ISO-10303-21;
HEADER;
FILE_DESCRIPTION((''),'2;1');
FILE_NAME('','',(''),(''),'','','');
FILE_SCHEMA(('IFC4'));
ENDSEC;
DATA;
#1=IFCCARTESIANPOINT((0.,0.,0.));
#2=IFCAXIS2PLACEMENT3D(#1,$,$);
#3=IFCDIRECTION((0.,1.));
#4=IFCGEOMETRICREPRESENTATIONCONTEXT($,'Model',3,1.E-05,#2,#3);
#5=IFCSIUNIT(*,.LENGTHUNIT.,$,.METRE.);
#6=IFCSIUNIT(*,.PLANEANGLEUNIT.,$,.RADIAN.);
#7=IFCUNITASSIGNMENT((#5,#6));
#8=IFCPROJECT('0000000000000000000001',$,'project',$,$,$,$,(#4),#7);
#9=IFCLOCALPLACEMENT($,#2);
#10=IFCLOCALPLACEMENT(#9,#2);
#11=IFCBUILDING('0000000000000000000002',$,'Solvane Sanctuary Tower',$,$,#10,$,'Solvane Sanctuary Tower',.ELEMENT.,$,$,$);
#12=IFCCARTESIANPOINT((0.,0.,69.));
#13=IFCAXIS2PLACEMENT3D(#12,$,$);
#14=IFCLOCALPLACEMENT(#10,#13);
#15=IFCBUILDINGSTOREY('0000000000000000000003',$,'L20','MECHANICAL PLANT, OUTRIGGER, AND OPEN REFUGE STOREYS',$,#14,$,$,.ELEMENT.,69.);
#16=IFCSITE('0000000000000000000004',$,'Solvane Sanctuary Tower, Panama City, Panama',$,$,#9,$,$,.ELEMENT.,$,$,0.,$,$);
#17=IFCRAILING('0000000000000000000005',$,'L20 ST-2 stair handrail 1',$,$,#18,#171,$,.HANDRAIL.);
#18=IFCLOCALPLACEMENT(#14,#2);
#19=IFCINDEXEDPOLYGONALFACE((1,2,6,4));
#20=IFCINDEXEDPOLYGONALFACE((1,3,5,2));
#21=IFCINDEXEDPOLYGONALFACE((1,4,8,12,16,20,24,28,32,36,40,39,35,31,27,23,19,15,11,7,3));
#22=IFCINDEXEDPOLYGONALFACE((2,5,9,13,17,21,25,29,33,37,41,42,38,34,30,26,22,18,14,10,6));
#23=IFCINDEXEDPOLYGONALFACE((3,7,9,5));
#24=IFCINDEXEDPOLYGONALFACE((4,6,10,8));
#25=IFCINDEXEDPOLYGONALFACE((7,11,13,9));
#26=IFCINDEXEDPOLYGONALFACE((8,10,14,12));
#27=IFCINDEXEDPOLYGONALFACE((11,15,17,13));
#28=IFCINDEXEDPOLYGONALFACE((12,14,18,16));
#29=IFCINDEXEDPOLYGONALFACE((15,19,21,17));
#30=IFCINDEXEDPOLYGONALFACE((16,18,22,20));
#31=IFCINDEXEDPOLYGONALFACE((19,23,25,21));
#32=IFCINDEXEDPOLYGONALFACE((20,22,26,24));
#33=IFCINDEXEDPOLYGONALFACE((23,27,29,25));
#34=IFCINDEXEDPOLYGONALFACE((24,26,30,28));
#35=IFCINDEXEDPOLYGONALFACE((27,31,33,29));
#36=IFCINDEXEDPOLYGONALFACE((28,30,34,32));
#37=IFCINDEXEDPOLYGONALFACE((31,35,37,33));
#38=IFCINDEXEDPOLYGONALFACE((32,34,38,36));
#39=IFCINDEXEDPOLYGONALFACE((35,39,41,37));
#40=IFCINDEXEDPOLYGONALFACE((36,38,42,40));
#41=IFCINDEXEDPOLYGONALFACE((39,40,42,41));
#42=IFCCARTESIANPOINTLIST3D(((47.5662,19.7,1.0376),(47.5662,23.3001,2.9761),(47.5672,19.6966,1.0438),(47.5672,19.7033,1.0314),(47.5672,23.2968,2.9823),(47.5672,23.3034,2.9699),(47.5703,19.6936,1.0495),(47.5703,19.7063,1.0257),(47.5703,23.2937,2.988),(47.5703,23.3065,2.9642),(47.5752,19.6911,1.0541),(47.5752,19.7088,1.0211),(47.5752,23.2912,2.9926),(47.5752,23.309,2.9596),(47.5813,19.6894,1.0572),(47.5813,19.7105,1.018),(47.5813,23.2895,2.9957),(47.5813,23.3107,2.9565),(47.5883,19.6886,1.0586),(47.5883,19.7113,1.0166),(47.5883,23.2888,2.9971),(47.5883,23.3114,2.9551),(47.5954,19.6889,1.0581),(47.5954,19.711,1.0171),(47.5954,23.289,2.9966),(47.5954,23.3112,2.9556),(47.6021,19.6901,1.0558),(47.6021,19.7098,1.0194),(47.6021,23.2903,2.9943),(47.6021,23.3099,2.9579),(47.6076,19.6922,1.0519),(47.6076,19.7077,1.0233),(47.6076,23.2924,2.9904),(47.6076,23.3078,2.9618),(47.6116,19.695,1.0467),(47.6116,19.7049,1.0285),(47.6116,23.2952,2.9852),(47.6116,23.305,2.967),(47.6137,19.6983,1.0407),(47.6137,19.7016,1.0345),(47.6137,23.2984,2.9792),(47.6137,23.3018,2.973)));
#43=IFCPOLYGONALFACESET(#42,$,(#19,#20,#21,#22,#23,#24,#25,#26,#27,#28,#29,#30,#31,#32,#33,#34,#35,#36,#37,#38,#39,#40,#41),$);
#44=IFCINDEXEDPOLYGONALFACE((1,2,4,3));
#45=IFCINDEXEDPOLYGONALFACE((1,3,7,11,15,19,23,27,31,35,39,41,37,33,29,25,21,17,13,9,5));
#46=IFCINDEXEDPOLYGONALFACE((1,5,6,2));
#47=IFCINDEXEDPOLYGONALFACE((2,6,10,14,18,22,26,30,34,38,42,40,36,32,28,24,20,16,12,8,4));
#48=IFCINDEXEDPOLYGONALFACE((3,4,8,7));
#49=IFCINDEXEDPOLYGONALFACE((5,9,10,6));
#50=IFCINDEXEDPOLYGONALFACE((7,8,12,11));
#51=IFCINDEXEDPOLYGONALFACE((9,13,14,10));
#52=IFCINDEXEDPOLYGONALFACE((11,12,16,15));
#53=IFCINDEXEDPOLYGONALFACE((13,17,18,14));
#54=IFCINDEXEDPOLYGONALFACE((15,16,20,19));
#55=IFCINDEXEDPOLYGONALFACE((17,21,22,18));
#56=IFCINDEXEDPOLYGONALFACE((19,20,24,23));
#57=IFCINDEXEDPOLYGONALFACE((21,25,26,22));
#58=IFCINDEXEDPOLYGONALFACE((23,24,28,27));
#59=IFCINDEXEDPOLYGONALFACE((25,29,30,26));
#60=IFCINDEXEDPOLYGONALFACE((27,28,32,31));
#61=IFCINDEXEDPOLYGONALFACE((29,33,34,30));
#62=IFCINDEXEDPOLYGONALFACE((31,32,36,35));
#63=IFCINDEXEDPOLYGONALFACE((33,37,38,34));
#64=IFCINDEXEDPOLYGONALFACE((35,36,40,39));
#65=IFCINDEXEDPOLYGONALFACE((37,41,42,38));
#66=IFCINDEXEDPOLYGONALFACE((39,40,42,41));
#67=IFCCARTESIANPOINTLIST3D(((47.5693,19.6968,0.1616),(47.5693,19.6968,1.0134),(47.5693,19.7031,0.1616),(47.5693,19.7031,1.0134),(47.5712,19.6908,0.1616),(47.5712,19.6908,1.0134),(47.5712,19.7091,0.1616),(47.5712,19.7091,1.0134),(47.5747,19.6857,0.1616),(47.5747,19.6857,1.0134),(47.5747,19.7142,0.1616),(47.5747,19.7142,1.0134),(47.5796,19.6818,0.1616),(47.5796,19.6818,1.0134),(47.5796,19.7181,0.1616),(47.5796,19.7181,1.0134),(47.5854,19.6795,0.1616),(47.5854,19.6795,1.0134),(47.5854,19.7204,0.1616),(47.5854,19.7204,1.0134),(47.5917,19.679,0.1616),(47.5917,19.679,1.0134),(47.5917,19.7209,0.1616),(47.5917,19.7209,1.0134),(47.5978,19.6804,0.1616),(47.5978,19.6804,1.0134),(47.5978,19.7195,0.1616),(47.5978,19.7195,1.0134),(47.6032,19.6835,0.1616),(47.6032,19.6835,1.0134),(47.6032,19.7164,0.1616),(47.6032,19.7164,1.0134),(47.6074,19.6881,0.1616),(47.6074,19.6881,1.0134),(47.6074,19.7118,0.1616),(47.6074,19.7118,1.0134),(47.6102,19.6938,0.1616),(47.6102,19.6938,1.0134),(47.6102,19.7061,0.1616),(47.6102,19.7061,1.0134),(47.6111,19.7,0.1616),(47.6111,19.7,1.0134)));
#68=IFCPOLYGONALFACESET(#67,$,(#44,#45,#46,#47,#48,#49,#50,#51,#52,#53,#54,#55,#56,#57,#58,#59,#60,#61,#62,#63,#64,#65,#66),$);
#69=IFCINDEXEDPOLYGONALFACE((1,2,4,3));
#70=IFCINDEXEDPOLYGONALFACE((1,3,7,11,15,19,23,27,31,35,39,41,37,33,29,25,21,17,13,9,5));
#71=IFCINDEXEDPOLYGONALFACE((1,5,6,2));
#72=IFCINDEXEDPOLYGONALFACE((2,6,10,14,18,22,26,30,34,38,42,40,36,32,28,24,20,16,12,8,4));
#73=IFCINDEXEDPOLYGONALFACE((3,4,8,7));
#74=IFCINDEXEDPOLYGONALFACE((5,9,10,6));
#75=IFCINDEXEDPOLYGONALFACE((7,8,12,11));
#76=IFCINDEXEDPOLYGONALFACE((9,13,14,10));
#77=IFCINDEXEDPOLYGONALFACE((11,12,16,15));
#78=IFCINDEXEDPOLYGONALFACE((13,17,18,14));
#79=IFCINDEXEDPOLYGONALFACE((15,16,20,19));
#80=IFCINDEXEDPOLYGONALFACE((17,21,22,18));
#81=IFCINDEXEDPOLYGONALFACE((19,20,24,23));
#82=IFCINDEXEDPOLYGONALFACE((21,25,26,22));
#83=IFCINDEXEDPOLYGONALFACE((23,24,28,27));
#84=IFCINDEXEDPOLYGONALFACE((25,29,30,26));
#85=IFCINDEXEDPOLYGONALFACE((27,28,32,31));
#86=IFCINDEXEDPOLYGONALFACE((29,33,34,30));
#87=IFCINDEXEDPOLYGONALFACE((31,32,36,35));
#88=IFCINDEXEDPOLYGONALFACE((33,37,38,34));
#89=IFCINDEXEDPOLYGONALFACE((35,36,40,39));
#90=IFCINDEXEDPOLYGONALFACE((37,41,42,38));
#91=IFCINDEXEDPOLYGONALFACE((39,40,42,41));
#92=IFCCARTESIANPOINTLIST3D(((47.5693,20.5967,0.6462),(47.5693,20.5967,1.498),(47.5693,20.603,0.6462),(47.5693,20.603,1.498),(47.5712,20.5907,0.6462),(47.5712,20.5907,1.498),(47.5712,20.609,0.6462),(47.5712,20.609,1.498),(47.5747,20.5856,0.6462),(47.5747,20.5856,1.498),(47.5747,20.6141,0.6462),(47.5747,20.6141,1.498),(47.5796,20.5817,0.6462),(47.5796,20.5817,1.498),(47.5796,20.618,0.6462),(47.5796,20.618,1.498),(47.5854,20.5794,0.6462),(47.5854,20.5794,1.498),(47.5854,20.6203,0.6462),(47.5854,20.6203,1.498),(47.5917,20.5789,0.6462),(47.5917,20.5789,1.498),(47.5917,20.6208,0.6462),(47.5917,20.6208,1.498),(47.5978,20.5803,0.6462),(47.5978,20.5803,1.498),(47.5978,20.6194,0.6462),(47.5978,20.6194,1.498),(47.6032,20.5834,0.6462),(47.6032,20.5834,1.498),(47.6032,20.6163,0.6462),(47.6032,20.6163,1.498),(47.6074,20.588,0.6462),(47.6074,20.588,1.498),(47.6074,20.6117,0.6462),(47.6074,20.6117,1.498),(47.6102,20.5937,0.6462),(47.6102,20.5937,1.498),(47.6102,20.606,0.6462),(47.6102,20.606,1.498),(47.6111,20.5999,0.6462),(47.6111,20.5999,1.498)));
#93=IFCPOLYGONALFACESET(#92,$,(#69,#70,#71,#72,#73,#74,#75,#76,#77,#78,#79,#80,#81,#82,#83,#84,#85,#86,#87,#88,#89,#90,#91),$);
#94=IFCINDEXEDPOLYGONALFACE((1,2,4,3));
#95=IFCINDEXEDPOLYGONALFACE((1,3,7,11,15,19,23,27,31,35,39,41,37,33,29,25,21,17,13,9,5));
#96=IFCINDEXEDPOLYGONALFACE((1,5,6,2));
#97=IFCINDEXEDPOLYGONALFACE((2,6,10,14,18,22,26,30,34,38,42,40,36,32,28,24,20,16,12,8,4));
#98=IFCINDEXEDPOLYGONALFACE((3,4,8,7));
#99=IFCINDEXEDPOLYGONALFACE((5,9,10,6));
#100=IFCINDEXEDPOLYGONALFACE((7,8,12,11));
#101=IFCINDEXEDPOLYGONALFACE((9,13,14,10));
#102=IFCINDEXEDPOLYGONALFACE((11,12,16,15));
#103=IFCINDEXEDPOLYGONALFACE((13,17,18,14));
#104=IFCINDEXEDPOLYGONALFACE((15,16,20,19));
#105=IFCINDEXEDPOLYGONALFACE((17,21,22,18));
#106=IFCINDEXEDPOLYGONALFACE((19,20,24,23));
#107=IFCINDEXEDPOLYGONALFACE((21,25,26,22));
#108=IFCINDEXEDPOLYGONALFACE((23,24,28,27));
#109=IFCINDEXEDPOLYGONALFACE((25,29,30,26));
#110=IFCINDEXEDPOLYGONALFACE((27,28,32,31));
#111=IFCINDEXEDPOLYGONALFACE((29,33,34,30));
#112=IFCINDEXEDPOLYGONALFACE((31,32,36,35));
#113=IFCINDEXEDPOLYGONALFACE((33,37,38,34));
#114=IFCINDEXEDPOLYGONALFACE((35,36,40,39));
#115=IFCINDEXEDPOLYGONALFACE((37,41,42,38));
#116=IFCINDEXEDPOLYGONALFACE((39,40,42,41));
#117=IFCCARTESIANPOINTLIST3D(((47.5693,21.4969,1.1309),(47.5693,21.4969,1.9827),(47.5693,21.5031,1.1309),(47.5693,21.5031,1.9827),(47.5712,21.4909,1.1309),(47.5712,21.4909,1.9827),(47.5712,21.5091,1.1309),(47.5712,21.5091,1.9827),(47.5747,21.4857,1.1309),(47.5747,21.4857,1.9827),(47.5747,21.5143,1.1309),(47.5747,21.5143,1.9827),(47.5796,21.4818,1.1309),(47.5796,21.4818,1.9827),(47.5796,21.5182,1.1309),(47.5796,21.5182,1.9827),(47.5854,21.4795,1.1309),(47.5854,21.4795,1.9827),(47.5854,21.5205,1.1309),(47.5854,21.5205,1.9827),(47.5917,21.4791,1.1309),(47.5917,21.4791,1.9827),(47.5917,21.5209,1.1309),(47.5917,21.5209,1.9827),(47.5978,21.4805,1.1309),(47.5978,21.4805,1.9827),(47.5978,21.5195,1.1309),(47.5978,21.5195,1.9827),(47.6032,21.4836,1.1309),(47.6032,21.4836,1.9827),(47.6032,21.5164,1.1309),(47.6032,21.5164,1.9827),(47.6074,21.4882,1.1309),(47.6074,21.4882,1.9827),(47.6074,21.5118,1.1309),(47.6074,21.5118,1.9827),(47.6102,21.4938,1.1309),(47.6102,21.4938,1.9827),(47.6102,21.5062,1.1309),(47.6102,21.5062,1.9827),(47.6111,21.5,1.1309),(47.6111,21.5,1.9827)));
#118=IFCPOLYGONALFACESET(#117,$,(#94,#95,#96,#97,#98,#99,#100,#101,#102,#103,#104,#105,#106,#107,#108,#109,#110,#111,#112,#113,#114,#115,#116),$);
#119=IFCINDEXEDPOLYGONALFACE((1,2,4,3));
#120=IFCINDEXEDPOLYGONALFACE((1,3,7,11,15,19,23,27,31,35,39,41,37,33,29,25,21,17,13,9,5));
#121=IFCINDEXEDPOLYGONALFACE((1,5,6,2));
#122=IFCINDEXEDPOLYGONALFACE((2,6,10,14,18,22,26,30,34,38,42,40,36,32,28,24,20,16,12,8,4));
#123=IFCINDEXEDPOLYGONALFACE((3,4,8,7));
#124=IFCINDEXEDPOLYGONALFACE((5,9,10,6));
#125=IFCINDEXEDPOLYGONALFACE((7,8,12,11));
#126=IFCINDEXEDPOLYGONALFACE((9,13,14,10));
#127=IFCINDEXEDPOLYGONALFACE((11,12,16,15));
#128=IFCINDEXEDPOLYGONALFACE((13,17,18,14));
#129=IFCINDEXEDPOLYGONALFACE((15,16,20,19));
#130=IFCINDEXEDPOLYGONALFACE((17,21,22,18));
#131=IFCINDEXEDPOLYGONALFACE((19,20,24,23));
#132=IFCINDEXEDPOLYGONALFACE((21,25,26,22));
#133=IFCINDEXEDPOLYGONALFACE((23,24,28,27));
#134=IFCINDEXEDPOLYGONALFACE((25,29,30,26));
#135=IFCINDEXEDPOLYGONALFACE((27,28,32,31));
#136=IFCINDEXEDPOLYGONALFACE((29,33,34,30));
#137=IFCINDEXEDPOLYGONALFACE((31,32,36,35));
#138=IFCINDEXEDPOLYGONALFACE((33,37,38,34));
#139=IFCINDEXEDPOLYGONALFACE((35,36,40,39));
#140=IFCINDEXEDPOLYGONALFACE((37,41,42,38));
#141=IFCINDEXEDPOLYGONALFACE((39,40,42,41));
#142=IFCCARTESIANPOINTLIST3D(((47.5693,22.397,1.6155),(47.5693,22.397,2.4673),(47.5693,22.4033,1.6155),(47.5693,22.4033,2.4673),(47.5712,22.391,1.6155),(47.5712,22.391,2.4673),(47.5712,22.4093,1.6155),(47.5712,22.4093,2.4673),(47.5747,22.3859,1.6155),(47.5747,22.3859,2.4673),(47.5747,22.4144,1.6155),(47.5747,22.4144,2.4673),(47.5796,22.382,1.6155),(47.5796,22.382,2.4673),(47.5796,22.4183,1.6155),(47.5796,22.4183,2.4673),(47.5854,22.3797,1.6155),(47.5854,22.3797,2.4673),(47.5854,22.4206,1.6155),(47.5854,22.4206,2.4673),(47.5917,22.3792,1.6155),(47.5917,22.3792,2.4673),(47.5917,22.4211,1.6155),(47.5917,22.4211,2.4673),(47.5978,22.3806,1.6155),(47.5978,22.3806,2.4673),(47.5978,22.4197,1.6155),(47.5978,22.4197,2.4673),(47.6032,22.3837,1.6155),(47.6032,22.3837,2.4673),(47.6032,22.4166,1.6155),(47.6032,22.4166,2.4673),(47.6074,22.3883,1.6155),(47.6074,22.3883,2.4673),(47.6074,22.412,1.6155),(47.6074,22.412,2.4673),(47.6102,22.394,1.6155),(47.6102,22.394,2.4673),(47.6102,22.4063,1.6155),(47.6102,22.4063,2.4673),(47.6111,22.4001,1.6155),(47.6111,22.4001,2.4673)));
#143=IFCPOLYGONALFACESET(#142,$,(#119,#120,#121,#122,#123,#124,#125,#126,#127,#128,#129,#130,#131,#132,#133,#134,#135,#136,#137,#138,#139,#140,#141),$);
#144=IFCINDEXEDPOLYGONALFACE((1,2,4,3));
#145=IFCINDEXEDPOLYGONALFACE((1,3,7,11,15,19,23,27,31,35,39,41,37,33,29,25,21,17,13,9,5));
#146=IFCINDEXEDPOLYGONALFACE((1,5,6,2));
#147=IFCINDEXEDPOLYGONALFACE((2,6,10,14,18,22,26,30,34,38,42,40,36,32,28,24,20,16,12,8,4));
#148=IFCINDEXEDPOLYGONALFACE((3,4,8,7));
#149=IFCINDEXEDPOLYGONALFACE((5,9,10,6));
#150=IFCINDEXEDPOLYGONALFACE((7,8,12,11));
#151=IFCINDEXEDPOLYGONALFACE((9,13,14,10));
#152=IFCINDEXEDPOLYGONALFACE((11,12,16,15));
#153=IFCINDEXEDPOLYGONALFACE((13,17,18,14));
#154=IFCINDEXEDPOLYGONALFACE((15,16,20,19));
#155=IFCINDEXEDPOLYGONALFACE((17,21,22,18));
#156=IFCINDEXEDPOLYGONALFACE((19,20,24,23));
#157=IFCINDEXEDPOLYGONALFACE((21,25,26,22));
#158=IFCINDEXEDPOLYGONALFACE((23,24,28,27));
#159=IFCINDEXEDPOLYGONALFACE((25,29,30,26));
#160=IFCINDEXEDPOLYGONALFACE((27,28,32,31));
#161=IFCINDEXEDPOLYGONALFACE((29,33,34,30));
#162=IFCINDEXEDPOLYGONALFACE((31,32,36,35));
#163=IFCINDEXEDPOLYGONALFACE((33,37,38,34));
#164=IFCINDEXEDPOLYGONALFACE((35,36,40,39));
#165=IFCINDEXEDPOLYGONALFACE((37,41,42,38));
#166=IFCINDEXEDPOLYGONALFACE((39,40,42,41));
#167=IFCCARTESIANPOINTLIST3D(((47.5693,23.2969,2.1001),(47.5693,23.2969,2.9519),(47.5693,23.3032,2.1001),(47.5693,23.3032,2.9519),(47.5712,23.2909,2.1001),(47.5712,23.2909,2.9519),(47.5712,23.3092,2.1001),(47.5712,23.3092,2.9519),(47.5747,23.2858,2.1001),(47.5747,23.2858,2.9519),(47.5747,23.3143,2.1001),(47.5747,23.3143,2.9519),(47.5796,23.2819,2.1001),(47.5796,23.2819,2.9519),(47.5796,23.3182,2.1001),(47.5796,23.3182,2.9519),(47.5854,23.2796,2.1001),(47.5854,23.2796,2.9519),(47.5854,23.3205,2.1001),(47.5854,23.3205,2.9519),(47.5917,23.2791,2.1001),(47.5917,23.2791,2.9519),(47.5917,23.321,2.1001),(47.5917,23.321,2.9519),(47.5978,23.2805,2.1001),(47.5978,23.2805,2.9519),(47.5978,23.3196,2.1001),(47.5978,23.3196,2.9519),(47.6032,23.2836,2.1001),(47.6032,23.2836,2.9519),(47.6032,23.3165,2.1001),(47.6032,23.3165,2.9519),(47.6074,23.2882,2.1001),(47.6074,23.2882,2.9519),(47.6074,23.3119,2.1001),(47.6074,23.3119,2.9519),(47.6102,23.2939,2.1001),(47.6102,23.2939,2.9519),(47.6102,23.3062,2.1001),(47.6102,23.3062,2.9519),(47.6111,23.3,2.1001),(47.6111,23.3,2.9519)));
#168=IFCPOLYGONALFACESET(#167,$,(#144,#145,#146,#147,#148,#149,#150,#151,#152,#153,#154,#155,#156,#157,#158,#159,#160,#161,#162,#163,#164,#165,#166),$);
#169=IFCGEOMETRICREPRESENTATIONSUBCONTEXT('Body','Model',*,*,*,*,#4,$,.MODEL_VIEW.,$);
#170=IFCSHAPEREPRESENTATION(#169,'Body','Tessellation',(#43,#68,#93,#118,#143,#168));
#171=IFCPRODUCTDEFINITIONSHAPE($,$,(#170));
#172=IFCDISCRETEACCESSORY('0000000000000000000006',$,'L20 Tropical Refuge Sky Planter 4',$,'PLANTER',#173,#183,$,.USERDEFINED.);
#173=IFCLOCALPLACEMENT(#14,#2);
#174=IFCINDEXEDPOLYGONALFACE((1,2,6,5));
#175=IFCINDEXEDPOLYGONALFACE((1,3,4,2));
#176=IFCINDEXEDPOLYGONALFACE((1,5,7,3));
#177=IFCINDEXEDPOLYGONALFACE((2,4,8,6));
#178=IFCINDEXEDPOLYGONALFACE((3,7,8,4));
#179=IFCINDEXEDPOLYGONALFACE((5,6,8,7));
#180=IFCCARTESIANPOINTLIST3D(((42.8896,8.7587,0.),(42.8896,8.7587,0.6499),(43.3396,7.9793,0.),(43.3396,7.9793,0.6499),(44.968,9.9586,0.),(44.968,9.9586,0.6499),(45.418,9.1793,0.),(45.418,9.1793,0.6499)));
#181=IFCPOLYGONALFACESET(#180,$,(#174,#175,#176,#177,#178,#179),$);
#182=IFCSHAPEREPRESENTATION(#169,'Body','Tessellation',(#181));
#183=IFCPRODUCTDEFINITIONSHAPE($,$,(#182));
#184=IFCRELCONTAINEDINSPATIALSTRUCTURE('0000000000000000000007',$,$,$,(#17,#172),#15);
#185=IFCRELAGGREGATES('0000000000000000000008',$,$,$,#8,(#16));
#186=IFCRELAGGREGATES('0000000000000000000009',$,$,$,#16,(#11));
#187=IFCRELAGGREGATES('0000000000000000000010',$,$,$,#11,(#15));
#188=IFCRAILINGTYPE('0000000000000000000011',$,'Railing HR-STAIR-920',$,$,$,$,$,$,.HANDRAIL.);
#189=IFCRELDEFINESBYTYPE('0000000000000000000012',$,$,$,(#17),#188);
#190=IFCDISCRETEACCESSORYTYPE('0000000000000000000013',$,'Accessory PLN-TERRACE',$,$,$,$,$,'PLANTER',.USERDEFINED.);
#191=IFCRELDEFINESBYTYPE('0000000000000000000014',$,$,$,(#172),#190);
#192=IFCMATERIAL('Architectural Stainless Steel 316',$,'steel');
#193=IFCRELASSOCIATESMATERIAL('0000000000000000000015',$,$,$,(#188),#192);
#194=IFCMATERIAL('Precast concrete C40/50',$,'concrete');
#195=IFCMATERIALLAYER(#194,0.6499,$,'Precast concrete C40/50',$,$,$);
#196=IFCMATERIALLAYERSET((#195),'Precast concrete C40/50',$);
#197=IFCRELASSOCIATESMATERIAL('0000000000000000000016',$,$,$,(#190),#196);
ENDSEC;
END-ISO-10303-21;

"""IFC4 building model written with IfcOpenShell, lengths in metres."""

from ifc_helpers import new_model, si_unit, direction, frame, origin, origin_2d, place, context, subcontext, project, spatial, rectangle, circle, extrude, material, layer, layer_set, type_object, element, save


model = new_model("IFC4")

# Units and contexts
model_context = context("Model", 3, precision=1e-05, world=origin(), true_north=direction((0.0, 1.0)))
body_context = subcontext(model_context, "Body", "Model", "MODEL_VIEW")
ifc_project = project(units=[si_unit("LENGTHUNIT", "METRE"), si_unit("PLANEANGLEUNIT", "RADIAN")], contexts=[model_context])

# Site, building, storey
site_placement = place(None, origin())
site = spatial("IfcSite", under=ifc_project, at=site_placement, Name="Solvane Sanctuary Tower, Panama City, Panama", CompositionType="ELEMENT", RefElevation=0.0)
building_placement = place(site_placement, origin())
building = spatial("IfcBuilding", under=site, at=building_placement, Name="Solvane Sanctuary Tower", LongName="Solvane Sanctuary Tower", CompositionType="ELEMENT")
storey_placement = place(building_placement, frame((0.0, 0.0, 69.0)))
storey = spatial("IfcBuildingStorey", under=building, at=storey_placement, Name="L20", Description="MECHANICAL PLANT, OUTRIGGER, AND OPEN REFUGE STOREYS", CompositionType="ELEMENT", Elevation=69.0)

# Shared definitions
ifc_material_1 = material(Name="Architectural Stainless Steel 316", Category="steel")

# Railing
railing_type_1 = type_object("IfcRailingType", Name="Railing HR-STAIR-920", PredefinedType="HANDRAIL", material=ifc_material_1)
railing_1_placement = place(storey_placement, frame((47.5901, 19.7, 0.1616)))
element("IfcRailing", 1, at=railing_1_placement, inside=storey, type_object=railing_type_1, Name="L20 ST-2 stair handrail 1", PredefinedType="HANDRAIL", context=body_context, shape_type="SweptSolid", body=[
    extrude(circle(Radius=0.0239, at=origin_2d()), frame((0.0, 0.0, 0.876), z_axis=(0.0, 0.880475, 0.474093), x_axis=(-1.0, 0.0, 0.0)), (0.0, 0.0, 1.0), 4.0889),
    extrude(circle(Radius=0.021, at=origin_2d()), origin(), (0.0, 0.0, 1.0), 0.8518),
    extrude(circle(Radius=0.021, at=origin_2d()), frame((0.0, 0.8999, 0.4846)), (0.0, 0.0, 1.0), 0.8518),
    extrude(circle(Radius=0.021, at=origin_2d()), frame((0.0, 1.8, 0.9692)), (0.0, 0.0, 1.0), 0.8518),
    extrude(circle(Radius=0.021, at=origin_2d()), frame((0.0, 2.7002, 1.4539)), (0.0, 0.0, 1.0), 0.8518),
    extrude(circle(Radius=0.021, at=origin_2d()), frame((0.0, 3.6001, 1.9385)), (0.0, 0.0, 1.0), 0.8518),
])

# Discrete accessory
ifc_material_2 = material(Name="Precast concrete C40/50", Category="concrete")
ifc_layer_1 = layer(ifc_material_2, 0.6499, Name="Precast concrete C40/50")
ifc_layer_set_1 = layer_set([ifc_layer_1], Name="Precast concrete C40/50")
discrete_accessory_type = type_object("IfcDiscreteAccessoryType", Name="Accessory PLN-TERRACE", ElementType="PLANTER", PredefinedType="USERDEFINED", material=ifc_layer_set_1)
discrete_accessory_placement = place(storey_placement, frame((44.1538, 8.969, 0.0), z_axis=(0.0, 0.0, 1.0), x_axis=(0.866025, 0.5, 0.0)))
element("IfcDiscreteAccessory", 2, at=discrete_accessory_placement, inside=storey, type_object=discrete_accessory_type, Name="L20 Tropical Refuge Sky Planter 4", ObjectType="PLANTER", PredefinedType="USERDEFINED", context=body_context, shape_type="SweptSolid", body=[
    extrude(rectangle(XDim=2.3999, YDim=0.8999, at=origin_2d()), origin(), (0.0, 0.0, 1.0), 0.6499),
])

save(model, "model.ifc")
